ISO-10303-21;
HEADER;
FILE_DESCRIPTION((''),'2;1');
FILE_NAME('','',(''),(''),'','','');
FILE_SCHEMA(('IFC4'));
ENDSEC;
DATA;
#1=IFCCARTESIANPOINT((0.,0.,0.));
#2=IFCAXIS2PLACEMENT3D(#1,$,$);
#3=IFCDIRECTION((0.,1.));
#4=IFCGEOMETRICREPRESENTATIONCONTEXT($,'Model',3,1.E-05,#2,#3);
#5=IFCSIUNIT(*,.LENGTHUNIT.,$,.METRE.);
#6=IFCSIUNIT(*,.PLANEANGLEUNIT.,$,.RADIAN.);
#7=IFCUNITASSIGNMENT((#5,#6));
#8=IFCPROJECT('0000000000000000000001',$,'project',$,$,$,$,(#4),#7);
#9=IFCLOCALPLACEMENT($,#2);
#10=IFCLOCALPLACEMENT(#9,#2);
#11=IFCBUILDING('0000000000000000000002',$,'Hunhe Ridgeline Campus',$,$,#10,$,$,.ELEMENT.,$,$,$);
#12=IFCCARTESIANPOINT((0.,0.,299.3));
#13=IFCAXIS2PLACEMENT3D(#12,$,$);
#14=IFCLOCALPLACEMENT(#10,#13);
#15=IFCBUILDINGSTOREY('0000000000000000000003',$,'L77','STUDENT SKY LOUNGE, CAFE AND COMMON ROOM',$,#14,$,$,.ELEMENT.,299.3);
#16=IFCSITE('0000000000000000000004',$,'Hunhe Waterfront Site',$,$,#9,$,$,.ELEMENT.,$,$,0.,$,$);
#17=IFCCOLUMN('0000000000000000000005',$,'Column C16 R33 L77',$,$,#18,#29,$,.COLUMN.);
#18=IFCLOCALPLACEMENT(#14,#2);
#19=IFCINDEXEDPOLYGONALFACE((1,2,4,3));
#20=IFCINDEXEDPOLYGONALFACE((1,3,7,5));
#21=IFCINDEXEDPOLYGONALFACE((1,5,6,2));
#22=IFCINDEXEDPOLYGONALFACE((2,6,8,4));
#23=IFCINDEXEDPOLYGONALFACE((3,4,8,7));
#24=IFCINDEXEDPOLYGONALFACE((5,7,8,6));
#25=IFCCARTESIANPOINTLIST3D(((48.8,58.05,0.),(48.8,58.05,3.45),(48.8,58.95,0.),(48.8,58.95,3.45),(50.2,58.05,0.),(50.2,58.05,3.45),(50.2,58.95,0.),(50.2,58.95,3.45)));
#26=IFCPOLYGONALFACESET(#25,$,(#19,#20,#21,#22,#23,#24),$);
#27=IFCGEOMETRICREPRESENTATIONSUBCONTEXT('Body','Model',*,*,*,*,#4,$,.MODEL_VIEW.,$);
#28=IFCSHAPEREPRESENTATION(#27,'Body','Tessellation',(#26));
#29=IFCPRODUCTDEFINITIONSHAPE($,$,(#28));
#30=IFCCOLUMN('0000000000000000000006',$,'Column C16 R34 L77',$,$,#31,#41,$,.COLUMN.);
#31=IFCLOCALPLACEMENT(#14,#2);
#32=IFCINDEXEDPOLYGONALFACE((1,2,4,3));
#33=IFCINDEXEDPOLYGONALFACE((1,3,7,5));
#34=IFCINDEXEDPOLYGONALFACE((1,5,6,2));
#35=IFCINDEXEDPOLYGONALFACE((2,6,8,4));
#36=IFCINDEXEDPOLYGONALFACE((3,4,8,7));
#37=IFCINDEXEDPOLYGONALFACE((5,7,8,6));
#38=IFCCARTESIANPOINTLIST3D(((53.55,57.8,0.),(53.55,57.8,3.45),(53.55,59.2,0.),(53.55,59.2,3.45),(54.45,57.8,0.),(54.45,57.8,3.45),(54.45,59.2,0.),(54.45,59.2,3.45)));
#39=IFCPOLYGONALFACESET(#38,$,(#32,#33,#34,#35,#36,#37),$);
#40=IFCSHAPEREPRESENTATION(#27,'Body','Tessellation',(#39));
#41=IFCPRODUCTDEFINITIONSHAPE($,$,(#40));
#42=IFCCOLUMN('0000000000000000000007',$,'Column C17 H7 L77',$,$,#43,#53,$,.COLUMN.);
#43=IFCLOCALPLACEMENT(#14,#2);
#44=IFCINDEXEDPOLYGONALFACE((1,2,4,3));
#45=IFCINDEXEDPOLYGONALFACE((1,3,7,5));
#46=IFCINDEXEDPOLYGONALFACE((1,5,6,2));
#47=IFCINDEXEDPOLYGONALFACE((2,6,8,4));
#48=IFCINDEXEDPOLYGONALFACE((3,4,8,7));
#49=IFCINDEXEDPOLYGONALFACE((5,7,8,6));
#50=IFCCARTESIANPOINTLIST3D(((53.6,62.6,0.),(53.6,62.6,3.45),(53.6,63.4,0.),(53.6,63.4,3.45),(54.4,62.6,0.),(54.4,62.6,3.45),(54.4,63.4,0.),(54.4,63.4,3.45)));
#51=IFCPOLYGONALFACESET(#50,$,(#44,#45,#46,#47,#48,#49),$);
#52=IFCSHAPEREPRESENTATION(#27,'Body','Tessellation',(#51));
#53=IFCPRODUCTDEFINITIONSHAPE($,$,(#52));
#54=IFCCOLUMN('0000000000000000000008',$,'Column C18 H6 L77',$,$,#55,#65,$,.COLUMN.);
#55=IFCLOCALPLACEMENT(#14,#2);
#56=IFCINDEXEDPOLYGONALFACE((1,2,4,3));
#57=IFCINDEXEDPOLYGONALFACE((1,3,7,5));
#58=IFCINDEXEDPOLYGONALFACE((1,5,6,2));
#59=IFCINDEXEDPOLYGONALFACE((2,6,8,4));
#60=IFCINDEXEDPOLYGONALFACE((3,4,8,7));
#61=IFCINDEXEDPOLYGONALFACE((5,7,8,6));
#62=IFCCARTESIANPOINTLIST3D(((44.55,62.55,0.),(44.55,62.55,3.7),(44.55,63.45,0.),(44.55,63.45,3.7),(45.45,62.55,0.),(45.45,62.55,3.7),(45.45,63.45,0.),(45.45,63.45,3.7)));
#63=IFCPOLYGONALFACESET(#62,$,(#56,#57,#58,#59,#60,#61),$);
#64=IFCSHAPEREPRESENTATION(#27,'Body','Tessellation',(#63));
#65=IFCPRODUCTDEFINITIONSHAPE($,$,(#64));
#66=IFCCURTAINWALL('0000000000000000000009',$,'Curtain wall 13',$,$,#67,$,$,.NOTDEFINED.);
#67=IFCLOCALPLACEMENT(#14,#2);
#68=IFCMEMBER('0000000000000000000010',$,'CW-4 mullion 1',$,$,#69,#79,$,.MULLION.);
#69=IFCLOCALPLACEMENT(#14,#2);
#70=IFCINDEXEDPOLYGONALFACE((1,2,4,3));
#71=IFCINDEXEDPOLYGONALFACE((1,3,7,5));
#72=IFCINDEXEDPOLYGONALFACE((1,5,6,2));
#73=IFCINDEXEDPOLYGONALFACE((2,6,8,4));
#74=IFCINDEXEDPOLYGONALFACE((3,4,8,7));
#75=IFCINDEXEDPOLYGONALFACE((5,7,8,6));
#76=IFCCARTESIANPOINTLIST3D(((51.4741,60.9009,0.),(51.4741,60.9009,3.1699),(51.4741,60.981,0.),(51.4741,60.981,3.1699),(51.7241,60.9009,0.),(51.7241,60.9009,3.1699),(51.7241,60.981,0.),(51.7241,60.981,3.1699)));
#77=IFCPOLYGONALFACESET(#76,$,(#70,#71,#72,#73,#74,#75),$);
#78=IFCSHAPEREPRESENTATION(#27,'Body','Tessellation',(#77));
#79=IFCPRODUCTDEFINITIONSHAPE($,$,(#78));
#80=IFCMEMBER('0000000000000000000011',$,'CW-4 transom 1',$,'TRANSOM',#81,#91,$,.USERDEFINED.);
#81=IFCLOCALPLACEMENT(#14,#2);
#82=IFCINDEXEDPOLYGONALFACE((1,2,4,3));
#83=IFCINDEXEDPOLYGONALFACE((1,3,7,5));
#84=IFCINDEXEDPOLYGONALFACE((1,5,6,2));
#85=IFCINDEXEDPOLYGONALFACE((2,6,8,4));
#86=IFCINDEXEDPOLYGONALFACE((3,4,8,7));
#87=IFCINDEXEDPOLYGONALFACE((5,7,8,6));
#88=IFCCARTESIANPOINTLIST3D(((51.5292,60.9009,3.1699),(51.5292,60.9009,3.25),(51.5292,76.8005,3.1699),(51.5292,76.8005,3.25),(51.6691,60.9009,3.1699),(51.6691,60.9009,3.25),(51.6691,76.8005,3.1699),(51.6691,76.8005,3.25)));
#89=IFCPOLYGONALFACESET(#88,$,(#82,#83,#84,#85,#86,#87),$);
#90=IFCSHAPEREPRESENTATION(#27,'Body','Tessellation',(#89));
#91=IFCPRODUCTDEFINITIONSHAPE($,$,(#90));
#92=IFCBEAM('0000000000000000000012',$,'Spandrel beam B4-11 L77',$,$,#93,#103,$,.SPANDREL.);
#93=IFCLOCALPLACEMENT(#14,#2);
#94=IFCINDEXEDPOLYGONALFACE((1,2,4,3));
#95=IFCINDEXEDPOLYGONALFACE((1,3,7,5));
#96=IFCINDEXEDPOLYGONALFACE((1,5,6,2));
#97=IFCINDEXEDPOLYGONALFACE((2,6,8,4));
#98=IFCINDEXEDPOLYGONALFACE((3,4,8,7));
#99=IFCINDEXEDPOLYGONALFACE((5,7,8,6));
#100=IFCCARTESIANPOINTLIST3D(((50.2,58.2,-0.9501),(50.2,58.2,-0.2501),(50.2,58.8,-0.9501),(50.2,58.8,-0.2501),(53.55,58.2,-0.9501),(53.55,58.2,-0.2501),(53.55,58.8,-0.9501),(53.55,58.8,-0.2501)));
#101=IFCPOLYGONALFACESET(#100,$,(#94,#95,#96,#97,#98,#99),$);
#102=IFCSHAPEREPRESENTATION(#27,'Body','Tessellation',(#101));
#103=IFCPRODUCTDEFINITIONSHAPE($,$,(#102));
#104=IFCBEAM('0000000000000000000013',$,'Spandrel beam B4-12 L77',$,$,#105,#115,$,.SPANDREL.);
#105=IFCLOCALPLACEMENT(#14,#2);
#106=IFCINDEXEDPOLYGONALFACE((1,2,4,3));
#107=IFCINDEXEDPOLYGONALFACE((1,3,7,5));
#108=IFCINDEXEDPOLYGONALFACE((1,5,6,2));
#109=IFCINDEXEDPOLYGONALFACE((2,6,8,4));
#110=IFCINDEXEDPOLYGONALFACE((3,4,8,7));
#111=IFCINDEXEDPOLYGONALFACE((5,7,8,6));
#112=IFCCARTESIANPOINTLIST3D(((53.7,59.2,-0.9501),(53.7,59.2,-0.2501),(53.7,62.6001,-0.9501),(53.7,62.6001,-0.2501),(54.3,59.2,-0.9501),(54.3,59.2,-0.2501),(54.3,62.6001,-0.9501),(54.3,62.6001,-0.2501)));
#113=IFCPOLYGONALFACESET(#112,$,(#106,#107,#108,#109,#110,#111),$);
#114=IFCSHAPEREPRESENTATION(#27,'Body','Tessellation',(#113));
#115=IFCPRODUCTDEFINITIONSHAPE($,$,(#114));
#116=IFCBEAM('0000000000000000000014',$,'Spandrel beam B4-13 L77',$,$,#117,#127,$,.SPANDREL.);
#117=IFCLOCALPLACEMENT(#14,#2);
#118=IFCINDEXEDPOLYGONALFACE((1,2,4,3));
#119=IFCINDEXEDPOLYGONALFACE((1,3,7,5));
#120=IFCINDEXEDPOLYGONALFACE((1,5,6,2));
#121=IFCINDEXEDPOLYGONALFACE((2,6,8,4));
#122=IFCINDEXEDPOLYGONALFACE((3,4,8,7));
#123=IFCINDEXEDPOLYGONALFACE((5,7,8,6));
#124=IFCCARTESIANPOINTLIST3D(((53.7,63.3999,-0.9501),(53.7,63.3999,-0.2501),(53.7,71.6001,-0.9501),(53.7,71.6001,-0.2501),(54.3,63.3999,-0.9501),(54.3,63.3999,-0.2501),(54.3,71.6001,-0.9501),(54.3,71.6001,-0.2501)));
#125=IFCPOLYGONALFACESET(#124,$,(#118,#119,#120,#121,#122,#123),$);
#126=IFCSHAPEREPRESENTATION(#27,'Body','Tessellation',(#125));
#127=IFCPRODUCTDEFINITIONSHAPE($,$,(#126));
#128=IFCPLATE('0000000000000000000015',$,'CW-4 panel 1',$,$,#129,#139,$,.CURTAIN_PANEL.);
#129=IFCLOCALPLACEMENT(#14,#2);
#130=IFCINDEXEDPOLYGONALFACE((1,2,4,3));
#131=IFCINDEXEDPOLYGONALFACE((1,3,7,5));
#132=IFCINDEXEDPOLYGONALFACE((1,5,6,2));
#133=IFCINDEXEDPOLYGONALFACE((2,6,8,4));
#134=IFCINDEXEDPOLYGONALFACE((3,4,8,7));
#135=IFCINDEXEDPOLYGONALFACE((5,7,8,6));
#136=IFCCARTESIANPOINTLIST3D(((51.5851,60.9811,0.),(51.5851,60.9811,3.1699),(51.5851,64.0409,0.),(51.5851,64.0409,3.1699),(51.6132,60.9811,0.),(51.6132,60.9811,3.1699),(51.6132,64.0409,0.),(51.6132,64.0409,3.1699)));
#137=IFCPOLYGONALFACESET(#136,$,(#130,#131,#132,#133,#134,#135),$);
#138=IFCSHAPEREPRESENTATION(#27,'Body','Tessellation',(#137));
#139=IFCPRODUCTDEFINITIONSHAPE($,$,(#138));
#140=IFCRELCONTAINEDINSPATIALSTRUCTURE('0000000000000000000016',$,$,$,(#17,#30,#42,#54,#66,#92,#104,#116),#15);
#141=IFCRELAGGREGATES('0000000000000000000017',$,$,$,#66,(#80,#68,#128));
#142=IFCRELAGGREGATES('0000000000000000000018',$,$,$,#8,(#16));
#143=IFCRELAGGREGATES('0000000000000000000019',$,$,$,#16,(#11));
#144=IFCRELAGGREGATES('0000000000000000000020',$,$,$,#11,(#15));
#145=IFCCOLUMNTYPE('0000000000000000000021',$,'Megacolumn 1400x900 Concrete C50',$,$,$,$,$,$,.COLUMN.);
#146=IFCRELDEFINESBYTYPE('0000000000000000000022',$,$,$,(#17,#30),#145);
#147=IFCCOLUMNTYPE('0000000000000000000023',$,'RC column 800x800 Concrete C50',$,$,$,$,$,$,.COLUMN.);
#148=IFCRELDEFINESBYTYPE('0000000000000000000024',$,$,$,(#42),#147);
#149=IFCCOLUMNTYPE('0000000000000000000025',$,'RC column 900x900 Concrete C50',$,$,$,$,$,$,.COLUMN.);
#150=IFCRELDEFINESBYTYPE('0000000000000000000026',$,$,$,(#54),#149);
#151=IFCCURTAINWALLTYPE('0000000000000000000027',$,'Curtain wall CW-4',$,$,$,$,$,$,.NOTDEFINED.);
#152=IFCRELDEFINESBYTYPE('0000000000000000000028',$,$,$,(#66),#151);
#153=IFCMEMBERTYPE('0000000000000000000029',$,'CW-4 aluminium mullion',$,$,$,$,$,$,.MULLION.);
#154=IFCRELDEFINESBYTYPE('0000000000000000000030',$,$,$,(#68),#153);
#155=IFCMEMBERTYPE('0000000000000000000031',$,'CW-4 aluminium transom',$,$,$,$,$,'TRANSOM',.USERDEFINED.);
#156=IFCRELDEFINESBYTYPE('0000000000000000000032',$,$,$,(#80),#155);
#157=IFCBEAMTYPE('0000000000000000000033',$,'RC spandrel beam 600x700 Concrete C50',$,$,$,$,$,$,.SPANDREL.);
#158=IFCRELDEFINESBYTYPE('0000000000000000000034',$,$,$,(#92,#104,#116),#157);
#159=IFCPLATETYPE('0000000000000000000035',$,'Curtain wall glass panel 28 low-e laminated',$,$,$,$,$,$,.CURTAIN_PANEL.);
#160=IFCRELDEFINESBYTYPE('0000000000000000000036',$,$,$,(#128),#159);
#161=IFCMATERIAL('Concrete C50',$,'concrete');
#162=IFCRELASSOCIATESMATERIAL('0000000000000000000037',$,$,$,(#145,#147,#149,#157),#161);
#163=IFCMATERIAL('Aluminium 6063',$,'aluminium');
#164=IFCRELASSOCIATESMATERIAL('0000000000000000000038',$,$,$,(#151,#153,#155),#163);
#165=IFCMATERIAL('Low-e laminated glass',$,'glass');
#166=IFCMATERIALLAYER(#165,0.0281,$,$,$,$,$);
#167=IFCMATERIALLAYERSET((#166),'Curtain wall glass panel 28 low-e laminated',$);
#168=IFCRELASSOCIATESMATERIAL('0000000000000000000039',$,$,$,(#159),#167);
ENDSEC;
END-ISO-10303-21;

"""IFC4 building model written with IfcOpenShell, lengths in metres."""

from ifc_helpers import new_model, si_unit, direction, frame, origin, origin_2d, place, context, subcontext, project, spatial, rectangle, extrude, material, layer, layer_set, material_profile, profile_set, type_object, element, aggregate, save


model = new_model("IFC4")

# Units and contexts
model_context = context("Model", 3, precision=1e-05, world=origin(), true_north=direction((0.0, 1.0)))
body_context = subcontext(model_context, "Body", "Model", "MODEL_VIEW")
ifc_project = project(units=[si_unit("LENGTHUNIT", "METRE"), si_unit("PLANEANGLEUNIT", "RADIAN")], contexts=[model_context])

# Site, building, storey
site_placement = place(None, origin())
site = spatial("IfcSite", under=ifc_project, at=site_placement, Name="Hunhe Waterfront Site", CompositionType="ELEMENT", RefElevation=0.0)
building_placement = place(site_placement, origin())
building = spatial("IfcBuilding", under=site, at=building_placement, Name="Hunhe Ridgeline Campus", CompositionType="ELEMENT")
storey_placement = place(building_placement, frame((0.0, 0.0, 299.3)))
storey = spatial("IfcBuildingStorey", under=building, at=storey_placement, Name="L77", Description="STUDENT SKY LOUNGE, CAFE AND COMMON ROOM", CompositionType="ELEMENT", Elevation=299.3)

# Columns
ifc_material_1 = material(Name="Concrete C50", Category="concrete")
ifc_material_profile_1 = material_profile(ifc_material_1, rectangle(XDim=1.3999, YDim=0.8999, at=origin_2d()))
ifc_profile_set_1 = profile_set([ifc_material_profile_1], Name="Concrete C50")
column_type_1 = type_object("IfcColumnType", Name="Megacolumn 1400x900 Concrete C50", PredefinedType="COLUMN", material=ifc_profile_set_1)
for number, where, z_axis, x_axis, name in (
    (1, (49.5, 58.5, 0.0), (0.0, 0.0, 1.0), (1.0, 0.0, 0.0), "Column C16 R33 L77"),
    (2, (54.0, 58.5, 0.0), (0.0, 0.0, 1.0), (0.0, 1.0, 0.0), "Column C16 R34 L77"),
):
    element("IfcColumn", number, at=place(storey_placement, frame(where, z_axis=z_axis, x_axis=x_axis)), inside=storey, type_object=column_type_1, Name=name, PredefinedType="COLUMN", context=body_context, shape_type="SweptSolid", body=[
        extrude(rectangle(XDim=1.3999, YDim=0.8999, at=origin_2d()), origin(), (0.0, 0.0, 1.0), 3.45),
    ])
ifc_material_profile_2 = material_profile(ifc_material_1, rectangle(XDim=0.8, YDim=0.8, at=origin_2d()))
ifc_profile_set_2 = profile_set([ifc_material_profile_2], Name="Concrete C50")
column_type_2 = type_object("IfcColumnType", Name="RC column 800x800 Concrete C50", PredefinedType="COLUMN", material=ifc_profile_set_2)
column_1_placement = place(storey_placement, frame((54.0, 63.0, 0.0), z_axis=(0.0, 0.0, 1.0), x_axis=(1.0, 0.0, 0.0)))
element("IfcColumn", 3, at=column_1_placement, inside=storey, type_object=column_type_2, Name="Column C17 H7 L77", PredefinedType="COLUMN", context=body_context, shape_type="SweptSolid", body=[
    extrude(rectangle(XDim=0.8, YDim=0.8, at=origin_2d()), origin(), (0.0, 0.0, 1.0), 3.45),
])
ifc_material_profile_3 = material_profile(ifc_material_1, rectangle(XDim=0.8999, YDim=0.8999, at=origin_2d()))
ifc_profile_set_3 = profile_set([ifc_material_profile_3], Name="Concrete C50")
column_type_3 = type_object("IfcColumnType", Name="RC column 900x900 Concrete C50", PredefinedType="COLUMN", material=ifc_profile_set_3)
column_2_placement = place(storey_placement, frame((45.0, 63.0, 0.0), z_axis=(0.0, 0.0, 1.0), x_axis=(1.0, 0.0, 0.0)))
element("IfcColumn", 4, at=column_2_placement, inside=storey, type_object=column_type_3, Name="Column C18 H6 L77", PredefinedType="COLUMN", context=body_context, shape_type="SweptSolid", body=[
    extrude(rectangle(XDim=0.8999, YDim=0.8999, at=origin_2d()), origin(), (0.0, 0.0, 1.0), 3.7),
])

# Curtain wall, members
ifc_material_2 = material(Name="Aluminium 6063", Category="aluminium")
curtain_wall_type = type_object("IfcCurtainWallType", Name="Curtain wall CW-4", PredefinedType="NOTDEFINED", material=ifc_material_2)
curtain_wall_placement = place(storey_placement, origin())
curtain_wall = element("IfcCurtainWall", 5, at=curtain_wall_placement, inside=storey, type_object=curtain_wall_type, Name="Curtain wall 13", PredefinedType="NOTDEFINED")
ifc_material_profile_4 = material_profile(ifc_material_2, rectangle(XDim=0.25, YDim=0.0801, at=origin_2d()))
ifc_profile_set_4 = profile_set([ifc_material_profile_4], Name="Aluminium 6063")
member_type_1 = type_object("IfcMemberType", Name="CW-4 aluminium mullion", PredefinedType="MULLION", material=ifc_profile_set_4)
member_1_placement = place(storey_placement, frame((51.5991, 60.9409, 0.0), z_axis=(0.0, 0.0, 1.0), x_axis=(-1.0, 0.0, 0.0)))
member_1 = element("IfcMember", 6, at=member_1_placement, type_object=member_type_1, Name="CW-4 mullion 1", PredefinedType="MULLION", context=body_context, shape_type="SweptSolid", body=[
    extrude(rectangle(XDim=0.25, YDim=0.0801, at=origin_2d()), origin(), (0.0, 0.0, 1.0), 3.1699),
])
ifc_material_profile_5 = material_profile(ifc_material_2, rectangle(XDim=0.1399, YDim=0.0801, at=origin_2d()))
ifc_profile_set_5 = profile_set([ifc_material_profile_5], Name="Aluminium 6063")
member_type_2 = type_object("IfcMemberType", Name="CW-4 aluminium transom", ElementType="TRANSOM", PredefinedType="USERDEFINED", material=ifc_profile_set_5)
member_2_placement = place(storey_placement, frame((51.5991, 60.9009, 3.21), z_axis=(0.0, 1.0, 0.0), x_axis=(-1.0, 0.0, 0.0)))
member_2 = element("IfcMember", 7, at=member_2_placement, type_object=member_type_2, Name="CW-4 transom 1", ObjectType="TRANSOM", PredefinedType="USERDEFINED", context=body_context, shape_type="SweptSolid", body=[
    extrude(rectangle(XDim=0.1399, YDim=0.0801, at=origin_2d()), origin(), (0.0, 0.0, 1.0), 15.8997),
])

# Beams
ifc_material_profile_6 = material_profile(ifc_material_1, rectangle(XDim=0.6001, YDim=0.7, at=origin_2d()))
ifc_profile_set_6 = profile_set([ifc_material_profile_6], Name="Concrete C50")
beam_type = type_object("IfcBeamType", Name="RC spandrel beam 600x700 Concrete C50", PredefinedType="SPANDREL", material=ifc_profile_set_6)
beam_1_placement = place(storey_placement, frame((50.2, 58.5, -0.6001), z_axis=(1.0, 0.0, 0.0), x_axis=(0.0, 1.0, 0.0)))
element("IfcBeam", 8, at=beam_1_placement, inside=storey, type_object=beam_type, Name="Spandrel beam B4-11 L77", PredefinedType="SPANDREL", context=body_context, shape_type="SweptSolid", body=[
    extrude(rectangle(XDim=0.6001, YDim=0.7, at=origin_2d()), origin(), (0.0, 0.0, 1.0), 3.3501),
])
beam_2_placement = place(storey_placement, frame((54.0, 59.2, -0.6001), z_axis=(0.0, 1.0, 0.0), x_axis=(-1.0, 0.0, 0.0)))
element("IfcBeam", 9, at=beam_2_placement, inside=storey, type_object=beam_type, Name="Spandrel beam B4-12 L77", PredefinedType="SPANDREL", context=body_context, shape_type="SweptSolid", body=[
    extrude(rectangle(XDim=0.6001, YDim=0.7, at=origin_2d()), origin(), (0.0, 0.0, 1.0), 3.4001),
])
beam_3_placement = place(storey_placement, frame((54.0, 63.3999, -0.6001), z_axis=(0.0, 1.0, 0.0), x_axis=(-1.0, 0.0, 0.0)))
element("IfcBeam", 10, at=beam_3_placement, inside=storey, type_object=beam_type, Name="Spandrel beam B4-13 L77", PredefinedType="SPANDREL", context=body_context, shape_type="SweptSolid", body=[
    extrude(rectangle(XDim=0.6001, YDim=0.7, at=origin_2d()), origin(), (0.0, 0.0, 1.0), 8.2002),
])

# Plate
ifc_material_3 = material(Name="Low-e laminated glass", Category="glass")
ifc_layer_1 = layer(ifc_material_3, 0.0281)
ifc_layer_set_1 = layer_set([ifc_layer_1], Name="Curtain wall glass panel 28 low-e laminated")
plate_type = type_object("IfcPlateType", Name="Curtain wall glass panel 28 low-e laminated", PredefinedType="CURTAIN_PANEL", material=ifc_layer_set_1)
plate_placement = place(storey_placement, frame((51.5991, 62.511, 0.0), z_axis=(0.0, 0.0, 1.0), x_axis=(0.0, 1.0, 0.0)))
plate = element("IfcPlate", 11, at=plate_placement, type_object=plate_type, Name="CW-4 panel 1", PredefinedType="CURTAIN_PANEL", context=body_context, shape_type="SweptSolid", body=[
    extrude(rectangle(XDim=3.0598, YDim=0.0281, at=origin_2d()), origin(), (0.0, 0.0, 1.0), 3.1699),
])
aggregate(curtain_wall, [member_2, member_1, plate])

save(model, "model.ifc")
